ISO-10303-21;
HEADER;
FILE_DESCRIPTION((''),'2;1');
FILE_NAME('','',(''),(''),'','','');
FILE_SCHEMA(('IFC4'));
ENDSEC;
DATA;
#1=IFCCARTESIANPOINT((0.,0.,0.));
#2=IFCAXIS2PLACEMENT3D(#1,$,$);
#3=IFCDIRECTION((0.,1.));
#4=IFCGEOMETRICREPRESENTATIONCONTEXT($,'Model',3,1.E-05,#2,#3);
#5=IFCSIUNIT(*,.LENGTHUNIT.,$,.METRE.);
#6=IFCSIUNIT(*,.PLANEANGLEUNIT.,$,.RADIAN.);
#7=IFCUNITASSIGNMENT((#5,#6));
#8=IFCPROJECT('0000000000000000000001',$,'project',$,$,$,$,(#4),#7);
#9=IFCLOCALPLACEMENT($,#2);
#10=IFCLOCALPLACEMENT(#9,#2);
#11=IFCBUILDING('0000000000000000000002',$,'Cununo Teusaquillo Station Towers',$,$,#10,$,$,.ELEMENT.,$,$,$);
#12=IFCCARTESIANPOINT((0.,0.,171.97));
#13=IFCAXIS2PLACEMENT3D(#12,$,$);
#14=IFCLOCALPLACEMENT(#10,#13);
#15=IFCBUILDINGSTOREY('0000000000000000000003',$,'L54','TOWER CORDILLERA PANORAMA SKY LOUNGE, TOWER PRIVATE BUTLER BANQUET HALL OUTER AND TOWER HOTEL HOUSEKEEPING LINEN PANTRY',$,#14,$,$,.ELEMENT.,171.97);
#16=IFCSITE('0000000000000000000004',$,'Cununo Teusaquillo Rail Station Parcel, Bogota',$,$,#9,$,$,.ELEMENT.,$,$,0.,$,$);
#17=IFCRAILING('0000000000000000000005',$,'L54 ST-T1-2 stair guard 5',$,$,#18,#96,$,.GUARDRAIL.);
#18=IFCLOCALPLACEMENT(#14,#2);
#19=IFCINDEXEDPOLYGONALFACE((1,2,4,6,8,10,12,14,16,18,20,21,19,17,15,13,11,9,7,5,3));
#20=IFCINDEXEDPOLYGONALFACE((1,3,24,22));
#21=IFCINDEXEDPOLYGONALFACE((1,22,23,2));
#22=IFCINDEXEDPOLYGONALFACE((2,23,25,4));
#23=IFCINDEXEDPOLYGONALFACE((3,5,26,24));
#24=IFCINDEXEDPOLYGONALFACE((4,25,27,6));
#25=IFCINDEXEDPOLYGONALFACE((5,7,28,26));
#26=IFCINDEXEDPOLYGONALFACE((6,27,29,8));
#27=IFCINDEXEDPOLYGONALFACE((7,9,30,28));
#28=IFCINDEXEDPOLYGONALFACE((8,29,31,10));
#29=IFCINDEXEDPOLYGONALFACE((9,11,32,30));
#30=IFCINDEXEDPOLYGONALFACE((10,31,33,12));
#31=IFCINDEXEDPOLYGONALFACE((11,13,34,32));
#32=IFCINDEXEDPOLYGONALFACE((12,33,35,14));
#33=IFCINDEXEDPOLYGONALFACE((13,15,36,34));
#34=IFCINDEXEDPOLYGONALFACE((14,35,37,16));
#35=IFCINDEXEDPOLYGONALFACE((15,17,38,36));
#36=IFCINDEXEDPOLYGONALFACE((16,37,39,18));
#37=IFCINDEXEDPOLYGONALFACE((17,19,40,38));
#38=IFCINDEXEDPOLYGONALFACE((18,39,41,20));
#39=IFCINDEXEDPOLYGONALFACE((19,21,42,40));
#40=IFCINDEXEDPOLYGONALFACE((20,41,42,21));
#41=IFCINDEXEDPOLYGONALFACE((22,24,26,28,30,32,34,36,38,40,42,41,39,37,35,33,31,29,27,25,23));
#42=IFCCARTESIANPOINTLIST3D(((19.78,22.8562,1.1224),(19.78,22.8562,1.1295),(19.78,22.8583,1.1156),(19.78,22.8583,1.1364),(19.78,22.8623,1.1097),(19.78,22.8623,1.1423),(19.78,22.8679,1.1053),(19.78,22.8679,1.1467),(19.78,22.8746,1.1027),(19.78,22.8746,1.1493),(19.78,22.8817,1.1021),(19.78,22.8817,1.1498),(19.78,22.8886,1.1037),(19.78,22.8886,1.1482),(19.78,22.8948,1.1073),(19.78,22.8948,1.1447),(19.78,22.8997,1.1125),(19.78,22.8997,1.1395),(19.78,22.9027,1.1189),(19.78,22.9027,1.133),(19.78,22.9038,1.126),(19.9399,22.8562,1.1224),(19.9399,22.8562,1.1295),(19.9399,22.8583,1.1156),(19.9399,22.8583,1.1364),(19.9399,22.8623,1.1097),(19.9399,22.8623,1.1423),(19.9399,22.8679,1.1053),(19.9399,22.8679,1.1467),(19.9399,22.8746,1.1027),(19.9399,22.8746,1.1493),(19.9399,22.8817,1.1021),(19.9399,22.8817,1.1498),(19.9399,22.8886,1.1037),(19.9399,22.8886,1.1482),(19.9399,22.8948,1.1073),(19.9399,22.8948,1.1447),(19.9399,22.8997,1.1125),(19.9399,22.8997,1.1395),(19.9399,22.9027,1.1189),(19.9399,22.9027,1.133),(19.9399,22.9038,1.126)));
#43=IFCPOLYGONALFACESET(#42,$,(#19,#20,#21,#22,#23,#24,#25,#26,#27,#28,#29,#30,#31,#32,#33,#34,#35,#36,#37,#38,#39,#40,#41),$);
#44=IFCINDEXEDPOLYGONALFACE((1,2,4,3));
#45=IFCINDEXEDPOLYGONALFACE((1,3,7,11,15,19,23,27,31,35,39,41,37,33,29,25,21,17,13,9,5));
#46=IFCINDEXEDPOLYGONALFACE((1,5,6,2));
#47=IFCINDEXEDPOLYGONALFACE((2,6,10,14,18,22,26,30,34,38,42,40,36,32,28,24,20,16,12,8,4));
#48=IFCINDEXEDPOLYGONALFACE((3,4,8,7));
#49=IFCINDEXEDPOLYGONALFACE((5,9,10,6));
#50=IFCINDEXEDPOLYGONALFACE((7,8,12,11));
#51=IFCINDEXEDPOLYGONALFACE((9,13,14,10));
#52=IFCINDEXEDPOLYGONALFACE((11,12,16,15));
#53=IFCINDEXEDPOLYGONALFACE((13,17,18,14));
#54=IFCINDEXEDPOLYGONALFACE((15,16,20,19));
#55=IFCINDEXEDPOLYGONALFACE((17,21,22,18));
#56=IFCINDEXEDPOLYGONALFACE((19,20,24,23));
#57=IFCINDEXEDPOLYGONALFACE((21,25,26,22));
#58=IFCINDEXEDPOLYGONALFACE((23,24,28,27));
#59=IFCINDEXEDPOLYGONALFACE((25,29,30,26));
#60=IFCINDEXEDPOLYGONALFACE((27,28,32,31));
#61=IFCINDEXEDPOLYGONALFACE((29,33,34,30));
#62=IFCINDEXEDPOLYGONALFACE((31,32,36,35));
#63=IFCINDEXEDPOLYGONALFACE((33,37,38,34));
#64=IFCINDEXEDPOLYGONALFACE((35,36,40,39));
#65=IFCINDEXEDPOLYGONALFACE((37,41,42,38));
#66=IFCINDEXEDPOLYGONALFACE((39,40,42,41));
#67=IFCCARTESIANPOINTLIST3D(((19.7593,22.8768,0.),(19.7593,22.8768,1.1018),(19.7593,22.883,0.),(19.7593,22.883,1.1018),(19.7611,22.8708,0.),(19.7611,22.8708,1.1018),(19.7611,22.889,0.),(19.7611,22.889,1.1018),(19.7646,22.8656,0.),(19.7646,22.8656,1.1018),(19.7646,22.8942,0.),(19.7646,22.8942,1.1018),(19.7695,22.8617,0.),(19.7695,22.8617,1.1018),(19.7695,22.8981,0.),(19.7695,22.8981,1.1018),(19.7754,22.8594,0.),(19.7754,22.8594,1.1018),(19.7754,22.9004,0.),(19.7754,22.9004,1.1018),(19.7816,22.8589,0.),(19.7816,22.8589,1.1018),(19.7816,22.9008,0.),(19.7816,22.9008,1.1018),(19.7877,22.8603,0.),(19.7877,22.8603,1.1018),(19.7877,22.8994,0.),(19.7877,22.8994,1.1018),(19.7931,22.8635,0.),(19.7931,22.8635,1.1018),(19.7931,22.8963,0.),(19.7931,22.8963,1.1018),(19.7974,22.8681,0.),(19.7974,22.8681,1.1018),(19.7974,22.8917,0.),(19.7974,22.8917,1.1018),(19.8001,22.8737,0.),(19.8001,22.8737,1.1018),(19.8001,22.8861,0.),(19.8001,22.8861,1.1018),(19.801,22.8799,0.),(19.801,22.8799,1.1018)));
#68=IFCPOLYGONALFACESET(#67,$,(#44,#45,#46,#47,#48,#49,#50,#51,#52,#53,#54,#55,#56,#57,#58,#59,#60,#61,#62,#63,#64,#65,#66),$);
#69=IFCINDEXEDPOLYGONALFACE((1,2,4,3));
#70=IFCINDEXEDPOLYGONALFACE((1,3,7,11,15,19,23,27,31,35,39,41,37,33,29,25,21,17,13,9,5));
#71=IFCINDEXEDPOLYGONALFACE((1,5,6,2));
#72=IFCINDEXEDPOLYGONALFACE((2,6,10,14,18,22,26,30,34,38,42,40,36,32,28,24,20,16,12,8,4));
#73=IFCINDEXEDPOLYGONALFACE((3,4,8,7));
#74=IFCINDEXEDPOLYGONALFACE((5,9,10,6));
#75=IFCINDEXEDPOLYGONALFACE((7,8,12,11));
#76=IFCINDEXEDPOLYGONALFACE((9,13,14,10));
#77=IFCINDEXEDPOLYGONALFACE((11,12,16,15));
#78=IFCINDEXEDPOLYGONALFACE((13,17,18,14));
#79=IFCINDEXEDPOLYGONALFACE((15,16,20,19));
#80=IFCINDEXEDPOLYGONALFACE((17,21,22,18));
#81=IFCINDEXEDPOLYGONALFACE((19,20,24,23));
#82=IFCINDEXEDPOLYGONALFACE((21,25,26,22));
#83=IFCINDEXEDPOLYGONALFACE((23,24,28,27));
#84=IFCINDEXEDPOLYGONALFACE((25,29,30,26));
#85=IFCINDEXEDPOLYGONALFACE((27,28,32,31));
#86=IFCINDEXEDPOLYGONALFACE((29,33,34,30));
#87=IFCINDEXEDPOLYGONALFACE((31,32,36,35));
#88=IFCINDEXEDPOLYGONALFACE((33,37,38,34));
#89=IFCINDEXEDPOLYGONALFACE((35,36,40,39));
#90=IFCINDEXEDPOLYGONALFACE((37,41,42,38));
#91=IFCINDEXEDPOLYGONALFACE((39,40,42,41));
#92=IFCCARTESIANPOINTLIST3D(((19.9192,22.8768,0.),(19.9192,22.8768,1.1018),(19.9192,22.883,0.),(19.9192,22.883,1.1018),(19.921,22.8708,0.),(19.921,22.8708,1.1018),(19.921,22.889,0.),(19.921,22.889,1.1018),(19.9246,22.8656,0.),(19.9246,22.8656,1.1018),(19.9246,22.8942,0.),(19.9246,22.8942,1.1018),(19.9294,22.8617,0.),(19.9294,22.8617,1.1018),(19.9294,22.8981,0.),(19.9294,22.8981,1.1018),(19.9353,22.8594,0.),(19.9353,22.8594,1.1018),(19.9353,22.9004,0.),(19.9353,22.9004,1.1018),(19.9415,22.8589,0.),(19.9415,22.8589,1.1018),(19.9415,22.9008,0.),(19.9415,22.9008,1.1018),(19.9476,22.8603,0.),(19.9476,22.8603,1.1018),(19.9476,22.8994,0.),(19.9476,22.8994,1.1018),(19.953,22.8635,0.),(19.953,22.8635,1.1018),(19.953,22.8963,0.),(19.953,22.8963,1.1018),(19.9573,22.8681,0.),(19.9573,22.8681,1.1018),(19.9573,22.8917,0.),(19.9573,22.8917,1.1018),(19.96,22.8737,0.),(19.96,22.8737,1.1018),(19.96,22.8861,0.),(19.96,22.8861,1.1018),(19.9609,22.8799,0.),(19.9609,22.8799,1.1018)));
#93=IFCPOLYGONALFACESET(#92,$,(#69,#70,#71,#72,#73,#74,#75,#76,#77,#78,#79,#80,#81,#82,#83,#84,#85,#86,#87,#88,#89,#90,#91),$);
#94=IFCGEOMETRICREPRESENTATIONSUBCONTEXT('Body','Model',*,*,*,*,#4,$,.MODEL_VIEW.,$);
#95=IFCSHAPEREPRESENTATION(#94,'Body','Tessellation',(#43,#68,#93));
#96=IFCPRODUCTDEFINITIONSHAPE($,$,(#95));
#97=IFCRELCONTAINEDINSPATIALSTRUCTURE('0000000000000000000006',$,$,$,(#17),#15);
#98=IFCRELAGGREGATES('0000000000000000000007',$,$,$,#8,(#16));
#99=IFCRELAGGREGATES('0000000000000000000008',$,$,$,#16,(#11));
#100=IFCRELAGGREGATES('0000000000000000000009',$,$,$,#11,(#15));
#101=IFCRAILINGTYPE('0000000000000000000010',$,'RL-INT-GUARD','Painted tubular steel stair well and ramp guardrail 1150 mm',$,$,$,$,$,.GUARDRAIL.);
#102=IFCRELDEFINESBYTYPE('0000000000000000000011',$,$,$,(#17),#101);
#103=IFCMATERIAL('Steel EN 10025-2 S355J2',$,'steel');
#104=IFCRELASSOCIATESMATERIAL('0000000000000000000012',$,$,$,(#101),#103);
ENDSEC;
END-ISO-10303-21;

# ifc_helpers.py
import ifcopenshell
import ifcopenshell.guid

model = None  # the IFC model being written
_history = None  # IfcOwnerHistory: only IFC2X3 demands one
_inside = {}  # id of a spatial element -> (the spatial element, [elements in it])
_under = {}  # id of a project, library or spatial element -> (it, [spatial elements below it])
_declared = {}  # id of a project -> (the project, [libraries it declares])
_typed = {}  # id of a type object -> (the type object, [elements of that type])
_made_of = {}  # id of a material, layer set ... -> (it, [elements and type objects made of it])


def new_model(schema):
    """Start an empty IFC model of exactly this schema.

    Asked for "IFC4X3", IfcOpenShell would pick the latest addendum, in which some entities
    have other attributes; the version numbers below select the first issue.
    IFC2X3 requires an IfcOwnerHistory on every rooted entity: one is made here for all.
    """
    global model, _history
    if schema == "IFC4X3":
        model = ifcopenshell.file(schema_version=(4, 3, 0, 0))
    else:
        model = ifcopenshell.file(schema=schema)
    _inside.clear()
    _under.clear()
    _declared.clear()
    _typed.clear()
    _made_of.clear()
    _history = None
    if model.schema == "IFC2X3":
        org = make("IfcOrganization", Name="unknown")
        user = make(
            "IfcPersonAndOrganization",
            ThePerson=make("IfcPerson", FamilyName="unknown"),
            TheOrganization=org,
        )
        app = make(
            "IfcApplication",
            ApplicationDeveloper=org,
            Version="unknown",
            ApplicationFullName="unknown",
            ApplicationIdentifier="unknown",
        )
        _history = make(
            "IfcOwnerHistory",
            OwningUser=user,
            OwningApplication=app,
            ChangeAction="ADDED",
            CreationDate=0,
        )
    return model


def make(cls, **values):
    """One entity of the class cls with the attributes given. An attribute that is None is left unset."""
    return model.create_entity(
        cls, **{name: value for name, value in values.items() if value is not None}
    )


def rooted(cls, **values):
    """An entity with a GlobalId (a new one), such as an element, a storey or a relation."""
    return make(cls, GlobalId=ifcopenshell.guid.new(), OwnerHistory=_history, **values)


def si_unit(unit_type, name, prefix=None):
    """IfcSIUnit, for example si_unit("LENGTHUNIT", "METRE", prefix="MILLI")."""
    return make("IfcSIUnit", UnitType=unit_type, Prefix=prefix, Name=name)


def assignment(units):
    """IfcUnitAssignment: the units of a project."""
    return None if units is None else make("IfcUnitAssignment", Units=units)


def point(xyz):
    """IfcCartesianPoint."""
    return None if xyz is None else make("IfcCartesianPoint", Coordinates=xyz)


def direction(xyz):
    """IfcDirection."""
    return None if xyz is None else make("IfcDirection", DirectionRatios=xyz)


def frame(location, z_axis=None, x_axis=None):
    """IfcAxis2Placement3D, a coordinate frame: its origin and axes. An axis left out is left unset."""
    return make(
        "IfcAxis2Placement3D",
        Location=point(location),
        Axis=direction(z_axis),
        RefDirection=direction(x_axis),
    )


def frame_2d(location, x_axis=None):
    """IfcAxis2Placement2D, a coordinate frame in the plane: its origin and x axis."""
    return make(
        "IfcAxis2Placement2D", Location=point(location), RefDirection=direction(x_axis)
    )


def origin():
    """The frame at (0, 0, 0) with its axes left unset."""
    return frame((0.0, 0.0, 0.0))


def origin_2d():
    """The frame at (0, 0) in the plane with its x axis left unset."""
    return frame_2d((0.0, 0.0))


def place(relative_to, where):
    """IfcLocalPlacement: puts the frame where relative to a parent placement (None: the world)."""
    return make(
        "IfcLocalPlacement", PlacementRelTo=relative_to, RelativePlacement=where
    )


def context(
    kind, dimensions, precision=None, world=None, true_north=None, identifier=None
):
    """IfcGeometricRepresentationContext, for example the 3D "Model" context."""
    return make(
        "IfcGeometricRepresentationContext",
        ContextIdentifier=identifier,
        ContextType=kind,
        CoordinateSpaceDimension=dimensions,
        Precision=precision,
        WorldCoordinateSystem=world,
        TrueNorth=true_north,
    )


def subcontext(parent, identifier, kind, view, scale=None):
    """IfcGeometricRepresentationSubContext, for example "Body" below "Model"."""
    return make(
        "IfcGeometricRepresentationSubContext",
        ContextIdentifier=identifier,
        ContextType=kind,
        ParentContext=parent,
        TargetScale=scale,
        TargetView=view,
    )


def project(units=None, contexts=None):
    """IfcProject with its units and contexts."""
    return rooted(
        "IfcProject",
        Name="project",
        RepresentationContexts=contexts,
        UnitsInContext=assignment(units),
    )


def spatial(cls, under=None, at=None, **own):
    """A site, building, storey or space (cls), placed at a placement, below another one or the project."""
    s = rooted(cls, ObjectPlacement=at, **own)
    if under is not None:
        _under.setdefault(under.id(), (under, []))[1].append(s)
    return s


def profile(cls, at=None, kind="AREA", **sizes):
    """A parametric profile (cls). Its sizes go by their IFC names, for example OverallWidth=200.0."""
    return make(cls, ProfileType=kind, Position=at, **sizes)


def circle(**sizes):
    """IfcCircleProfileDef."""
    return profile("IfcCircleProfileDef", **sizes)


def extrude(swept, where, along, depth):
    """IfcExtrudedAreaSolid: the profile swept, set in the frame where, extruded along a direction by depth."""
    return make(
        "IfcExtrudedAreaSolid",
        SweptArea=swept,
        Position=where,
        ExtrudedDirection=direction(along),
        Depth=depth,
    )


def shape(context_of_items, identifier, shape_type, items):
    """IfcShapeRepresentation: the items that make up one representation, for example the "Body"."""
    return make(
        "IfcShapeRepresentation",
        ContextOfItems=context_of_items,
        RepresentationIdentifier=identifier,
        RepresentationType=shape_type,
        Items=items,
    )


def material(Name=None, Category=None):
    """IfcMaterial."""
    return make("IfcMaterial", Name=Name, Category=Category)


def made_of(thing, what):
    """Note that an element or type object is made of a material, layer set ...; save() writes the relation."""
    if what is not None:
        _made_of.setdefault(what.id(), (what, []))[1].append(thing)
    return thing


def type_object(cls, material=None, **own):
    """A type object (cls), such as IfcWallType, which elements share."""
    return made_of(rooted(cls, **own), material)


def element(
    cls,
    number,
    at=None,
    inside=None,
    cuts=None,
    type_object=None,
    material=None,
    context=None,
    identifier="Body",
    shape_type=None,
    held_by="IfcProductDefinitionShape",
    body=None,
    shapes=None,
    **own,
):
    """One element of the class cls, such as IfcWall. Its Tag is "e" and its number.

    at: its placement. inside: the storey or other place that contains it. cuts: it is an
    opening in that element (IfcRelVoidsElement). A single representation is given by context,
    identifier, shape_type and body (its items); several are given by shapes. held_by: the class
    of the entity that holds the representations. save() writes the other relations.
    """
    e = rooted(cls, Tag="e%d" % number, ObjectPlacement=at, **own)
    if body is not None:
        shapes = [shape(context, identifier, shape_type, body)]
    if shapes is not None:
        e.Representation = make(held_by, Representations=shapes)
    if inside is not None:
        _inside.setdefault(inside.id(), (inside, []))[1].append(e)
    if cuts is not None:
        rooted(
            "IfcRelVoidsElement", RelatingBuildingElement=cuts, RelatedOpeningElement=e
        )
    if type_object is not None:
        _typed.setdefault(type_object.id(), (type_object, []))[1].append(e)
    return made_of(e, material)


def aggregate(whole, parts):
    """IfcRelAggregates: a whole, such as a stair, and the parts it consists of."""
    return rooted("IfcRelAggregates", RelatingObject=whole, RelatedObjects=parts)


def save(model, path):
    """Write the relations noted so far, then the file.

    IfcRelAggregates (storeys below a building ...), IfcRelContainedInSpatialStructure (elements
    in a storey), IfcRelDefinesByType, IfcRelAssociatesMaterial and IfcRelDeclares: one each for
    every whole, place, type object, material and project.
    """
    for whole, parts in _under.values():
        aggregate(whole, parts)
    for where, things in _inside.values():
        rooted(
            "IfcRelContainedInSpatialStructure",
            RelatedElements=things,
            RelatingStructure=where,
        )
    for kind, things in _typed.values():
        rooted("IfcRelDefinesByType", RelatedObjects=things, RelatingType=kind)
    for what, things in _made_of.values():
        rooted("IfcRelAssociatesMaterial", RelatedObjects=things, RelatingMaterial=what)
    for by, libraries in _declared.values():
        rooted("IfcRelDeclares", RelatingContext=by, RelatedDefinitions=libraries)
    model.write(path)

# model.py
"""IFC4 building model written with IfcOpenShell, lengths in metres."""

from ifc_helpers import new_model, si_unit, direction, frame, origin, origin_2d, place, context, subcontext, project, spatial, circle, extrude, material, type_object, element, save


model = new_model("IFC4")

# Units and contexts
model_context = context("Model", 3, precision=1e-05, world=origin(), true_north=direction((0.0, 1.0)))
body_context = subcontext(model_context, "Body", "Model", "MODEL_VIEW")
ifc_project = project(units=[si_unit("LENGTHUNIT", "METRE"), si_unit("PLANEANGLEUNIT", "RADIAN")], contexts=[model_context])

# Site, building, storey
site_placement = place(None, origin())
site = spatial("IfcSite", under=ifc_project, at=site_placement, Name="Cununo Teusaquillo Rail Station Parcel, Bogota", CompositionType="ELEMENT", RefElevation=0.0)
building_placement = place(site_placement, origin())
building = spatial("IfcBuilding", under=site, at=building_placement, Name="Cununo Teusaquillo Station Towers", CompositionType="ELEMENT")
storey_placement = place(building_placement, frame((0.0, 0.0, 171.97)))
storey = spatial("IfcBuildingStorey", under=building, at=storey_placement, Name="L54", Description="TOWER CORDILLERA PANORAMA SKY LOUNGE, TOWER PRIVATE BUTLER BANQUET HALL OUTER AND TOWER HOTEL HOUSEKEEPING LINEN PANTRY", CompositionType="ELEMENT", Elevation=171.97)

# Railing
ifc_material_1 = material(Name="Steel EN 10025-2 S355J2", Category="steel")
railing_type_1 = type_object("IfcRailingType", Name="RL-INT-GUARD", Description="Painted tubular steel stair well and ramp guardrail 1150 mm", PredefinedType="GUARDRAIL", material=ifc_material_1)
railing_1_placement = place(storey_placement, frame((19.78, 22.8799, 0.0)))
element("IfcRailing", 1, at=railing_1_placement, inside=storey, type_object=railing_type_1, Name="L54 ST-T1-2 stair guard 5", PredefinedType="GUARDRAIL", context=body_context, shape_type="SweptSolid", body=[
    extrude(circle(Radius=0.0239, at=origin_2d()), frame((0.0, 0.0, 1.126), z_axis=(1.0, 0.0, 0.0), x_axis=(0.0, 1.0, 0.0)), (0.0, 0.0, 1.0), 0.1599),
    extrude(circle(Radius=0.021, at=origin_2d()), origin(), (0.0, 0.0, 1.0), 1.1018),
    extrude(circle(Radius=0.021, at=origin_2d()), frame((0.1599, 0.0, 0.0)), (0.0, 0.0, 1.0), 1.1018),
])

save(model, "model.ifc")
